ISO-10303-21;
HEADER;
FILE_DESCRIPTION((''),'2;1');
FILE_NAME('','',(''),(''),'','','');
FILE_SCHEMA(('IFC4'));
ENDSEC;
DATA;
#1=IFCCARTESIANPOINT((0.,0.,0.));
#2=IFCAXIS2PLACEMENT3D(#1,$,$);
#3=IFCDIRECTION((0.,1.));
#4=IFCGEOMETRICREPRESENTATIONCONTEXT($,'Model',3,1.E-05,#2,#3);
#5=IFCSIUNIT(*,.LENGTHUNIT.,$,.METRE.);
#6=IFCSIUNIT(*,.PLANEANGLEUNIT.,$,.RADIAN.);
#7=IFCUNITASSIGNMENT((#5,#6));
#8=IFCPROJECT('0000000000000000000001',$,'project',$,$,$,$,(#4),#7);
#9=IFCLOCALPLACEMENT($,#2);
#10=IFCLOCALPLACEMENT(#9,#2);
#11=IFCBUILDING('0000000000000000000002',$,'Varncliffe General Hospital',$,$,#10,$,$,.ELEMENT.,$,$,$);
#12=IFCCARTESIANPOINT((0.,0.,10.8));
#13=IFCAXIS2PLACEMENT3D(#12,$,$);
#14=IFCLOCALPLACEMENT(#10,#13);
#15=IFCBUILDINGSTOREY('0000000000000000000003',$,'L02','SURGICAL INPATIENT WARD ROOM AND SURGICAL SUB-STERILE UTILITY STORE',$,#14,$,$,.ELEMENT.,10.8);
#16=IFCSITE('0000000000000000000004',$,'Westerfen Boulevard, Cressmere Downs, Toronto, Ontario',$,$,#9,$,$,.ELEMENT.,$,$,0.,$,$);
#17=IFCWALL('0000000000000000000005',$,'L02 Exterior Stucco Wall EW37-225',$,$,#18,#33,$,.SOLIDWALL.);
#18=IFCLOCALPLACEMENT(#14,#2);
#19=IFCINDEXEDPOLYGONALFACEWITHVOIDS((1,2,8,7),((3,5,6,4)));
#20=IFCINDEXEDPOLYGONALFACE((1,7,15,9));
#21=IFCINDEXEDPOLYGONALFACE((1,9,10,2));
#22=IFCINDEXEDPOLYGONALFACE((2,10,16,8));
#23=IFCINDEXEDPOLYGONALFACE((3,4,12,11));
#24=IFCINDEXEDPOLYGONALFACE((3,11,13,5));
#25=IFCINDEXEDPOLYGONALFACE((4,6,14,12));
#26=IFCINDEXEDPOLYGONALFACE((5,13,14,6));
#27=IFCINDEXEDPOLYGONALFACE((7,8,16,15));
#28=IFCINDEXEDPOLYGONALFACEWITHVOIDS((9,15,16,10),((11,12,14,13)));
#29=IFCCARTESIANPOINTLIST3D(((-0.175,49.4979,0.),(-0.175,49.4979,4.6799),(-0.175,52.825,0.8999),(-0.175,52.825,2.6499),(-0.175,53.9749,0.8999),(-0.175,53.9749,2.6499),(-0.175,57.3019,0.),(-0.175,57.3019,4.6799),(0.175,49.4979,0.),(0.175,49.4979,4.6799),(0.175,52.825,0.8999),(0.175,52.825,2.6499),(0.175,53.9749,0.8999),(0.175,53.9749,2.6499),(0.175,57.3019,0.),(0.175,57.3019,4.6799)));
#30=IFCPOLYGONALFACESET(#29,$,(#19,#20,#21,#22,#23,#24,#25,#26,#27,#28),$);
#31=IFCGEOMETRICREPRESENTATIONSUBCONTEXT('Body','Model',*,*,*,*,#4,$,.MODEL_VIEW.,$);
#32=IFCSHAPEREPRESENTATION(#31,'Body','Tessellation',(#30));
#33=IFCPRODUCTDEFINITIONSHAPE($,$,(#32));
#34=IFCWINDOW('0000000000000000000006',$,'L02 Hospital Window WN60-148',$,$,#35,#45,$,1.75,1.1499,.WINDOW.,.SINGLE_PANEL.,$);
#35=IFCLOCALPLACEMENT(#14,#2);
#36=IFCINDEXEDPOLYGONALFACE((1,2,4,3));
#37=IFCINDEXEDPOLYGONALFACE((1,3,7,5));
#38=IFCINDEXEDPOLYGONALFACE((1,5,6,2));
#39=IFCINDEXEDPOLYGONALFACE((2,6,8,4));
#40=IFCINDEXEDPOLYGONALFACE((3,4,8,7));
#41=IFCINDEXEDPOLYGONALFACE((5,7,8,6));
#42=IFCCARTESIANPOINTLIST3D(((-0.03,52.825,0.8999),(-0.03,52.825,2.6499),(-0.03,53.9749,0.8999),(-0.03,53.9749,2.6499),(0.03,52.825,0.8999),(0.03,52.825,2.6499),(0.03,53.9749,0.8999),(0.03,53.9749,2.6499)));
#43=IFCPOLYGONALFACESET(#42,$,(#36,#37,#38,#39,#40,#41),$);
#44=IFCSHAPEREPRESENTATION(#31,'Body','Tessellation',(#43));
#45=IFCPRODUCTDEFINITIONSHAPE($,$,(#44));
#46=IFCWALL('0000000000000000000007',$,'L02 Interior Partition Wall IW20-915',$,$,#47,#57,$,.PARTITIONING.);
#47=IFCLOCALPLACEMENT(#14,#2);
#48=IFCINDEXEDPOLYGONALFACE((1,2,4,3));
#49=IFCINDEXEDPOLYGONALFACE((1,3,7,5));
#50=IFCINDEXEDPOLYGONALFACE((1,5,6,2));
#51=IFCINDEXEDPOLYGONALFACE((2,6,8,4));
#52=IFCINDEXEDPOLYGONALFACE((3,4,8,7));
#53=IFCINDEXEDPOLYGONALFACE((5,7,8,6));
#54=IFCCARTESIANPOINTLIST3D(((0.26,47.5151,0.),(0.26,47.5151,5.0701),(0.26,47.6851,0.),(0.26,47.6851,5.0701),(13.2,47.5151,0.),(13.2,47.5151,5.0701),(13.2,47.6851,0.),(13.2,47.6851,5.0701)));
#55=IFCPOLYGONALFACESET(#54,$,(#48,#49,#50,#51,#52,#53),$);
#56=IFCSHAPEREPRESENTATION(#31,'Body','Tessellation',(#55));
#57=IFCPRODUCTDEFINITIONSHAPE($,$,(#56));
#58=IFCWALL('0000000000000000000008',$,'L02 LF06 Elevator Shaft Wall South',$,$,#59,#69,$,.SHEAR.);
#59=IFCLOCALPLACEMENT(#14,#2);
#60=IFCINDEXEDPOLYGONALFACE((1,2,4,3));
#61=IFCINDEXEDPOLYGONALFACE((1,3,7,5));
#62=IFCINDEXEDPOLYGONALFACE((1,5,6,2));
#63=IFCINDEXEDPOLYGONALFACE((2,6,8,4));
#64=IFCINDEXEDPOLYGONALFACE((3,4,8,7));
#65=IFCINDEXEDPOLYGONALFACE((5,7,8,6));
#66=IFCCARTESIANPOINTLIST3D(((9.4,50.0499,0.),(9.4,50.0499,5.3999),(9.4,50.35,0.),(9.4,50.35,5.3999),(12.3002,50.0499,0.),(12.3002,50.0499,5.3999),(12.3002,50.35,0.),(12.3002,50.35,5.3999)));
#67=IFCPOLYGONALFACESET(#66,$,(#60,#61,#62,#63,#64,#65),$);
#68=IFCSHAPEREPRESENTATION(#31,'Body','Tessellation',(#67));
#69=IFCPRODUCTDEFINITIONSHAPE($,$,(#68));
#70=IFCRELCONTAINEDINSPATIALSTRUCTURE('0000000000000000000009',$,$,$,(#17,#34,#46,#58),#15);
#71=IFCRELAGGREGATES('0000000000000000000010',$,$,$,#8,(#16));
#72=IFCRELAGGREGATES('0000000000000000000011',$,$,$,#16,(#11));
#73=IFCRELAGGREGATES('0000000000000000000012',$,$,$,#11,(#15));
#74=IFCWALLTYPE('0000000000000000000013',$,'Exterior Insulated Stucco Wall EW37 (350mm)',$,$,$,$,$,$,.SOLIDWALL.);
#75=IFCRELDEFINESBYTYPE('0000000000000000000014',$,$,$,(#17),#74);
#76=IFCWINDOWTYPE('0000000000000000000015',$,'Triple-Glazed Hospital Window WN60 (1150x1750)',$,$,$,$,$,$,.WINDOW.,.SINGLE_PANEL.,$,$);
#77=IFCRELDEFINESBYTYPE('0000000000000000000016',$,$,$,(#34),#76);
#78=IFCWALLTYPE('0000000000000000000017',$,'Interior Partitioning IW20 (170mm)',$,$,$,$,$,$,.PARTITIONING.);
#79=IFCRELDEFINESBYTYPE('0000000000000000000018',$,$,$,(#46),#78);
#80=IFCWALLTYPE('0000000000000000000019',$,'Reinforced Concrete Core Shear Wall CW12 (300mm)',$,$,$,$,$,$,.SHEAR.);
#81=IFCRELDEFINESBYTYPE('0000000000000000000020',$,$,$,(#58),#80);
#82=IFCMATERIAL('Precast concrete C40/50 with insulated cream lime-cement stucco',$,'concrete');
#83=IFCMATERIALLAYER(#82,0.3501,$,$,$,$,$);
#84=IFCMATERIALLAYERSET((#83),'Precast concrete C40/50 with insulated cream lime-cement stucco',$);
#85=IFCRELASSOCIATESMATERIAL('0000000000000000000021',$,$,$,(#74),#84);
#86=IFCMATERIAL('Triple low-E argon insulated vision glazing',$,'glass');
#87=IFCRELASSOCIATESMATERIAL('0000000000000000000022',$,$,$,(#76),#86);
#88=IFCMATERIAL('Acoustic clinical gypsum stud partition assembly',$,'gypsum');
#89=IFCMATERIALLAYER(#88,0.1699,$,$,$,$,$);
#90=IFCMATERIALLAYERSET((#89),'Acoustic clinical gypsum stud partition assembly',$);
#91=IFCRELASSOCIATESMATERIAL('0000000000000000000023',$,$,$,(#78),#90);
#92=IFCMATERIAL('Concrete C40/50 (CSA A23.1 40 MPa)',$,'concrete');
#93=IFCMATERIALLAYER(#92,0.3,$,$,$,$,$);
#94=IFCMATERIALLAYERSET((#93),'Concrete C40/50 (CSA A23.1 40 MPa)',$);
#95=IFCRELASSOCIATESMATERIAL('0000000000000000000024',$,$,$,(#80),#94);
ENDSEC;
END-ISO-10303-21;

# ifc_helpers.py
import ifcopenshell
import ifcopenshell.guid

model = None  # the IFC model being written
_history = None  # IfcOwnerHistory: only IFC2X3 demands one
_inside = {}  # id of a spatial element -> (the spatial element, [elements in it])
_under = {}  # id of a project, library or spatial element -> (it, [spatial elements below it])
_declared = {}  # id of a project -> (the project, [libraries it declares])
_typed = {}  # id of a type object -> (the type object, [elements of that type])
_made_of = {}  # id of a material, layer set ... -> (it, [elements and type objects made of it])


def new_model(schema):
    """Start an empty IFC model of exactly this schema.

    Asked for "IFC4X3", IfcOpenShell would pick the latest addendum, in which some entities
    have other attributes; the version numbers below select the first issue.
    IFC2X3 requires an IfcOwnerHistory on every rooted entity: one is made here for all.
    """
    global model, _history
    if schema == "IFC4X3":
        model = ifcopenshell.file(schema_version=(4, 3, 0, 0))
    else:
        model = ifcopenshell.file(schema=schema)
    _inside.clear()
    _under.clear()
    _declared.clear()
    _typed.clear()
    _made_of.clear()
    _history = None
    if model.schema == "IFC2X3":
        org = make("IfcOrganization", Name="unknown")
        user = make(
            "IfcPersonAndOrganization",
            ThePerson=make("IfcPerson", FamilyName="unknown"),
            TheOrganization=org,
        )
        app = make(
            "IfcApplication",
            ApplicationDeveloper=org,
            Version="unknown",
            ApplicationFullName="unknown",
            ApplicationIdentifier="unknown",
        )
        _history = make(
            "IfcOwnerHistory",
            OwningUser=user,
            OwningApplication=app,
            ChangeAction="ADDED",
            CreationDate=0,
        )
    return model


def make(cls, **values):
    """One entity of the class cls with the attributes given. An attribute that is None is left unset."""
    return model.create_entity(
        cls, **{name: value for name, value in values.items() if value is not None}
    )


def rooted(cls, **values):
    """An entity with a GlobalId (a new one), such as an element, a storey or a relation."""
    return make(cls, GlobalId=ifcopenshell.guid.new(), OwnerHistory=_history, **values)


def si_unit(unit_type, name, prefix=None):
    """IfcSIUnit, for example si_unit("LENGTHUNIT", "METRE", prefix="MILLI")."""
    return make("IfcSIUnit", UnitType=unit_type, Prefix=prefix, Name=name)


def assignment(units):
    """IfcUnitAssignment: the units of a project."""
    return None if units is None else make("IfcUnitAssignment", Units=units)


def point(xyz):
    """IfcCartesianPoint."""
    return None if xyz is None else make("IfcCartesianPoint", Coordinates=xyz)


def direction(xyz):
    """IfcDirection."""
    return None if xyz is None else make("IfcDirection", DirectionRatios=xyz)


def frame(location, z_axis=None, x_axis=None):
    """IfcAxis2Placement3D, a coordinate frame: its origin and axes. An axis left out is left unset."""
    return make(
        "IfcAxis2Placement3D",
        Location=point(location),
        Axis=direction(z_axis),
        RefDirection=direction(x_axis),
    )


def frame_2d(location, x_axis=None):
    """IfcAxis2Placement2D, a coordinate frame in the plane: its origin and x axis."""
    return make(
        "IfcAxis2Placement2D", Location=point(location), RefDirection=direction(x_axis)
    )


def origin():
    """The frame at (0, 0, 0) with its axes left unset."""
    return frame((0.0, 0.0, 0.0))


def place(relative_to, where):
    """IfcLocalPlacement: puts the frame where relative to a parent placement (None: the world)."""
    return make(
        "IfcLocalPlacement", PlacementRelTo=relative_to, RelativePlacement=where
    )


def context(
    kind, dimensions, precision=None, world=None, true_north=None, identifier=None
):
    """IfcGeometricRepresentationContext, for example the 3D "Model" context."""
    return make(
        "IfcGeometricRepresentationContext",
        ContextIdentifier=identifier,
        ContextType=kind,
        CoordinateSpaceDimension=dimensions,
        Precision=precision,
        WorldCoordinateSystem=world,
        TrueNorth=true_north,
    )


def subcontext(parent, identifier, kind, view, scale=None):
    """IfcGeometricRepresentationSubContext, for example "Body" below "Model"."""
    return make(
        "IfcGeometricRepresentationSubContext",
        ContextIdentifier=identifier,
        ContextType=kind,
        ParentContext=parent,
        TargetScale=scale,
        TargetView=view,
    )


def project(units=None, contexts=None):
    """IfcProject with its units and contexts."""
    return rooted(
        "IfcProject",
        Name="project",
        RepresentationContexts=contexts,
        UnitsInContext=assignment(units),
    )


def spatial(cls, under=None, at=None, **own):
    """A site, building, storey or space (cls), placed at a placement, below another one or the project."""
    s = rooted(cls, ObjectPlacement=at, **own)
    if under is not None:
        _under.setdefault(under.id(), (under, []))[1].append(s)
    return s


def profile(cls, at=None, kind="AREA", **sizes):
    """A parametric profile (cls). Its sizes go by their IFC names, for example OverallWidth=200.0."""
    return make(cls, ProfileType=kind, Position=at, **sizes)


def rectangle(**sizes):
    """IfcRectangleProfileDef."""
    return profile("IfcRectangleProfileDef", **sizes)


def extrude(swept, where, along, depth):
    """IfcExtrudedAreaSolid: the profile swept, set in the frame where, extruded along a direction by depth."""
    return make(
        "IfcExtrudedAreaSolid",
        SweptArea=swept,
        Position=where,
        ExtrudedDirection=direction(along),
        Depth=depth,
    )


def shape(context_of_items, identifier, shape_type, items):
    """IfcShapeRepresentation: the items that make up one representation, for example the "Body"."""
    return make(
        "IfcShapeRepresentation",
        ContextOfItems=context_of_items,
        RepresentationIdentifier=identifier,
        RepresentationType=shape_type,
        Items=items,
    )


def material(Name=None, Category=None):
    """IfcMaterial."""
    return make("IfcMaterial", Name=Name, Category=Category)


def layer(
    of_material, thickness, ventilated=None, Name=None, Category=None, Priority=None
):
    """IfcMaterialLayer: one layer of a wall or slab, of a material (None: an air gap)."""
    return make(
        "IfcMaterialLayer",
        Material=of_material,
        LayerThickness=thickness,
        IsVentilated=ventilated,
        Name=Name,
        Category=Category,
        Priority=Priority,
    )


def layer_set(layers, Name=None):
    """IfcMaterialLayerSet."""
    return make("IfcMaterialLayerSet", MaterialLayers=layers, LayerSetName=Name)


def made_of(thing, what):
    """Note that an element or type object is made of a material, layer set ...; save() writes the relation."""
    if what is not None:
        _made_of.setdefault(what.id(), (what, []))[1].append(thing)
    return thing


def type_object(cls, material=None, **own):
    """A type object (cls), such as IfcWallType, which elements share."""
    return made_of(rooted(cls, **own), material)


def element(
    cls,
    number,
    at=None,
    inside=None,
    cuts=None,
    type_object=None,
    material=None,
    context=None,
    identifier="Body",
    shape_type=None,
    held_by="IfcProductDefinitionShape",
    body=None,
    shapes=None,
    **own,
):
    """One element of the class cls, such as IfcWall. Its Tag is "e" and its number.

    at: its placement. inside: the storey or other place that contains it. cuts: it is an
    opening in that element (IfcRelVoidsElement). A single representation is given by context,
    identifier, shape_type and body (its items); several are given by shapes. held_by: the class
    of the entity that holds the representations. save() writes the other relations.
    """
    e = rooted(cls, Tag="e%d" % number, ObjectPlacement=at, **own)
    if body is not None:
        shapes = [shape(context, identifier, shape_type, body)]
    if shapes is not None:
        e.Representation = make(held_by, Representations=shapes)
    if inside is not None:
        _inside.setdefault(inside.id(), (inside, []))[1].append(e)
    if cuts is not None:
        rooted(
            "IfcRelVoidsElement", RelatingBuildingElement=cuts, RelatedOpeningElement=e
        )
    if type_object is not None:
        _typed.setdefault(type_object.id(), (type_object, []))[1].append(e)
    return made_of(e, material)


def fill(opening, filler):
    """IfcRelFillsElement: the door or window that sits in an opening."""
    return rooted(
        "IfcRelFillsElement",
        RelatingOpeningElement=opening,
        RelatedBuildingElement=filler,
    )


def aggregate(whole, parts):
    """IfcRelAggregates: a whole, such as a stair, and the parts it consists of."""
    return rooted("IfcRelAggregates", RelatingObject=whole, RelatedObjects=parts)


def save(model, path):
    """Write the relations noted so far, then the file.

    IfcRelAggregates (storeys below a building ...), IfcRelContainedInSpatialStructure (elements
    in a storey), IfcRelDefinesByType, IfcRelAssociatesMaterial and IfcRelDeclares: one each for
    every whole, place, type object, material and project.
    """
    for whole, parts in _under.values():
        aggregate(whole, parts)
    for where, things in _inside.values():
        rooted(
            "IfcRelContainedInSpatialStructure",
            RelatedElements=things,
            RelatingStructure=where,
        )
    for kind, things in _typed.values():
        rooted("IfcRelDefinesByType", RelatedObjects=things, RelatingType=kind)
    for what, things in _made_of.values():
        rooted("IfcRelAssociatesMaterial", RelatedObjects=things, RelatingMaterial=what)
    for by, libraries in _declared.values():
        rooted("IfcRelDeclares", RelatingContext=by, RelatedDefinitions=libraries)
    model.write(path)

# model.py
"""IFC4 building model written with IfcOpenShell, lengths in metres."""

from ifc_helpers import new_model, si_unit, direction, frame, frame_2d, origin, place, context, subcontext, project, spatial, rectangle, extrude, material, layer, layer_set, type_object, element, fill, save


model = new_model("IFC4")

# Units and contexts
model_context = context("Model", 3, precision=1e-05, world=origin(), true_north=direction((0.0, 1.0)))
body_context = subcontext(model_context, "Body", "Model", "MODEL_VIEW")
ifc_project = project(units=[si_unit("LENGTHUNIT", "METRE"), si_unit("PLANEANGLEUNIT", "RADIAN")], contexts=[model_context])

# Site, building, storey
site_placement = place(None, origin())
site = spatial("IfcSite", under=ifc_project, at=site_placement, Name="Westerfen Boulevard, Cressmere Downs, Toronto, Ontario", CompositionType="ELEMENT", RefElevation=0.0)
building_placement = place(site_placement, origin())
building = spatial("IfcBuilding", under=site, at=building_placement, Name="Varncliffe General Hospital", CompositionType="ELEMENT")
storey_placement = place(building_placement, frame((0.0, 0.0, 10.8)))
storey = spatial("IfcBuildingStorey", under=building, at=storey_placement, Name="L02", Description="SURGICAL INPATIENT WARD ROOM AND SURGICAL SUB-STERILE UTILITY STORE", CompositionType="ELEMENT", Elevation=10.8)

# Shared definitions
ifc_material_1 = material(Name="Concrete C40/50 (CSA A23.1 40 MPa)", Category="concrete")

# Wall, opening, window
ifc_material_2 = material(Name="Precast concrete C40/50 with insulated cream lime-cement stucco", Category="concrete")
ifc_material_3 = material(Name="Triple low-E argon insulated vision glazing", Category="glass")
ifc_layer_1 = layer(ifc_material_2, 0.3501)
ifc_layer_set_1 = layer_set([ifc_layer_1], Name="Precast concrete C40/50 with insulated cream lime-cement stucco")
wall_type_1 = type_object("IfcWallType", Name="Exterior Insulated Stucco Wall EW37 (350mm)", PredefinedType="SOLIDWALL", material=ifc_layer_set_1)
wall_1_placement = place(storey_placement, frame((0.0, 49.498, 0.0), z_axis=(0.0, 0.0, 1.0), x_axis=(0.0, 1.0, 0.0)))
wall_1 = element("IfcWall", 1, at=wall_1_placement, inside=storey, type_object=wall_type_1, Name="L02 Exterior Stucco Wall EW37-225", PredefinedType="SOLIDWALL", context=body_context, shape_type="SweptSolid", body=[
    extrude(rectangle(XDim=7.804, YDim=0.3501, at=frame_2d((3.9019, 0.0))), origin(), (0.0, 0.0, 1.0), 4.6799),
])
opening_1_placement = place(wall_1_placement, frame((3.3269, 0.0, 0.8999)))
opening_1 = element("IfcOpeningElement", 2, at=opening_1_placement, cuts=wall_1, PredefinedType="OPENING", context=body_context, shape_type="SweptSolid", body=[
    extrude(rectangle(XDim=1.1499, YDim=1.75, at=frame_2d((0.575, 0.875))), frame((0.0, 0.1851, 0.0), z_axis=(0.0, -1.0, 0.0), x_axis=(1.0, 0.0, 0.0)), (0.0, 0.0, 1.0), 0.3701),
])
window_type_1 = type_object("IfcWindowType", Name="Triple-Glazed Hospital Window WN60 (1150x1750)", PartitioningType="SINGLE_PANEL", PredefinedType="WINDOW", material=ifc_material_3)
window_1_placement = place(opening_1_placement, origin())
window_1 = element("IfcWindow", 3, at=window_1_placement, inside=storey, type_object=window_type_1, Name="L02 Hospital Window WN60-148", OverallHeight=1.75, OverallWidth=1.1499, PartitioningType="SINGLE_PANEL", PredefinedType="WINDOW", context=body_context, shape_type="SweptSolid", body=[
    extrude(rectangle(XDim=1.1499, YDim=1.75, at=frame_2d((0.575, 0.875))), frame((0.0, 0.03, 0.0), z_axis=(0.0, -1.0, 0.0), x_axis=(1.0, 0.0, 0.0)), (0.0, 0.0, 1.0), 0.0601),
])
fill(opening_1, window_1)

# Walls
ifc_material_4 = material(Name="Acoustic clinical gypsum stud partition assembly", Category="gypsum")
ifc_layer_2 = layer(ifc_material_4, 0.1699)
ifc_layer_set_2 = layer_set([ifc_layer_2], Name="Acoustic clinical gypsum stud partition assembly")
wall_type_2 = type_object("IfcWallType", Name="Interior Partitioning IW20 (170mm)", PredefinedType="PARTITIONING", material=ifc_layer_set_2)
wall_2_placement = place(storey_placement, frame((0.26, 47.6001, 0.0), z_axis=(0.0, 0.0, 1.0), x_axis=(1.0, 0.0, 0.0)))
element("IfcWall", 4, at=wall_2_placement, inside=storey, type_object=wall_type_2, Name="L02 Interior Partition Wall IW20-915", PredefinedType="PARTITIONING", context=body_context, shape_type="SweptSolid", body=[
    extrude(rectangle(XDim=12.9399, YDim=0.1699, at=frame_2d((6.47, 0.0))), origin(), (0.0, 0.0, 1.0), 5.0701),
])
ifc_layer_3 = layer(ifc_material_1, 0.3)
ifc_layer_set_3 = layer_set([ifc_layer_3], Name="Concrete C40/50 (CSA A23.1 40 MPa)")
wall_type_3 = type_object("IfcWallType", Name="Reinforced Concrete Core Shear Wall CW12 (300mm)", PredefinedType="SHEAR", material=ifc_layer_set_3)
wall_3_placement = place(storey_placement, frame((9.3999, 50.2, 0.0), z_axis=(0.0, 0.0, 1.0), x_axis=(1.0, 0.0, 0.0)))
element("IfcWall", 5, at=wall_3_placement, inside=storey, type_object=wall_type_3, Name="L02 LF06 Elevator Shaft Wall South", PredefinedType="SHEAR", context=body_context, shape_type="SweptSolid", body=[
    extrude(rectangle(XDim=2.9001, YDim=0.3, at=frame_2d((1.4502, 0.0))), origin(), (0.0, 0.0, 1.0), 5.3999),
])

save(model, "model.ifc")
